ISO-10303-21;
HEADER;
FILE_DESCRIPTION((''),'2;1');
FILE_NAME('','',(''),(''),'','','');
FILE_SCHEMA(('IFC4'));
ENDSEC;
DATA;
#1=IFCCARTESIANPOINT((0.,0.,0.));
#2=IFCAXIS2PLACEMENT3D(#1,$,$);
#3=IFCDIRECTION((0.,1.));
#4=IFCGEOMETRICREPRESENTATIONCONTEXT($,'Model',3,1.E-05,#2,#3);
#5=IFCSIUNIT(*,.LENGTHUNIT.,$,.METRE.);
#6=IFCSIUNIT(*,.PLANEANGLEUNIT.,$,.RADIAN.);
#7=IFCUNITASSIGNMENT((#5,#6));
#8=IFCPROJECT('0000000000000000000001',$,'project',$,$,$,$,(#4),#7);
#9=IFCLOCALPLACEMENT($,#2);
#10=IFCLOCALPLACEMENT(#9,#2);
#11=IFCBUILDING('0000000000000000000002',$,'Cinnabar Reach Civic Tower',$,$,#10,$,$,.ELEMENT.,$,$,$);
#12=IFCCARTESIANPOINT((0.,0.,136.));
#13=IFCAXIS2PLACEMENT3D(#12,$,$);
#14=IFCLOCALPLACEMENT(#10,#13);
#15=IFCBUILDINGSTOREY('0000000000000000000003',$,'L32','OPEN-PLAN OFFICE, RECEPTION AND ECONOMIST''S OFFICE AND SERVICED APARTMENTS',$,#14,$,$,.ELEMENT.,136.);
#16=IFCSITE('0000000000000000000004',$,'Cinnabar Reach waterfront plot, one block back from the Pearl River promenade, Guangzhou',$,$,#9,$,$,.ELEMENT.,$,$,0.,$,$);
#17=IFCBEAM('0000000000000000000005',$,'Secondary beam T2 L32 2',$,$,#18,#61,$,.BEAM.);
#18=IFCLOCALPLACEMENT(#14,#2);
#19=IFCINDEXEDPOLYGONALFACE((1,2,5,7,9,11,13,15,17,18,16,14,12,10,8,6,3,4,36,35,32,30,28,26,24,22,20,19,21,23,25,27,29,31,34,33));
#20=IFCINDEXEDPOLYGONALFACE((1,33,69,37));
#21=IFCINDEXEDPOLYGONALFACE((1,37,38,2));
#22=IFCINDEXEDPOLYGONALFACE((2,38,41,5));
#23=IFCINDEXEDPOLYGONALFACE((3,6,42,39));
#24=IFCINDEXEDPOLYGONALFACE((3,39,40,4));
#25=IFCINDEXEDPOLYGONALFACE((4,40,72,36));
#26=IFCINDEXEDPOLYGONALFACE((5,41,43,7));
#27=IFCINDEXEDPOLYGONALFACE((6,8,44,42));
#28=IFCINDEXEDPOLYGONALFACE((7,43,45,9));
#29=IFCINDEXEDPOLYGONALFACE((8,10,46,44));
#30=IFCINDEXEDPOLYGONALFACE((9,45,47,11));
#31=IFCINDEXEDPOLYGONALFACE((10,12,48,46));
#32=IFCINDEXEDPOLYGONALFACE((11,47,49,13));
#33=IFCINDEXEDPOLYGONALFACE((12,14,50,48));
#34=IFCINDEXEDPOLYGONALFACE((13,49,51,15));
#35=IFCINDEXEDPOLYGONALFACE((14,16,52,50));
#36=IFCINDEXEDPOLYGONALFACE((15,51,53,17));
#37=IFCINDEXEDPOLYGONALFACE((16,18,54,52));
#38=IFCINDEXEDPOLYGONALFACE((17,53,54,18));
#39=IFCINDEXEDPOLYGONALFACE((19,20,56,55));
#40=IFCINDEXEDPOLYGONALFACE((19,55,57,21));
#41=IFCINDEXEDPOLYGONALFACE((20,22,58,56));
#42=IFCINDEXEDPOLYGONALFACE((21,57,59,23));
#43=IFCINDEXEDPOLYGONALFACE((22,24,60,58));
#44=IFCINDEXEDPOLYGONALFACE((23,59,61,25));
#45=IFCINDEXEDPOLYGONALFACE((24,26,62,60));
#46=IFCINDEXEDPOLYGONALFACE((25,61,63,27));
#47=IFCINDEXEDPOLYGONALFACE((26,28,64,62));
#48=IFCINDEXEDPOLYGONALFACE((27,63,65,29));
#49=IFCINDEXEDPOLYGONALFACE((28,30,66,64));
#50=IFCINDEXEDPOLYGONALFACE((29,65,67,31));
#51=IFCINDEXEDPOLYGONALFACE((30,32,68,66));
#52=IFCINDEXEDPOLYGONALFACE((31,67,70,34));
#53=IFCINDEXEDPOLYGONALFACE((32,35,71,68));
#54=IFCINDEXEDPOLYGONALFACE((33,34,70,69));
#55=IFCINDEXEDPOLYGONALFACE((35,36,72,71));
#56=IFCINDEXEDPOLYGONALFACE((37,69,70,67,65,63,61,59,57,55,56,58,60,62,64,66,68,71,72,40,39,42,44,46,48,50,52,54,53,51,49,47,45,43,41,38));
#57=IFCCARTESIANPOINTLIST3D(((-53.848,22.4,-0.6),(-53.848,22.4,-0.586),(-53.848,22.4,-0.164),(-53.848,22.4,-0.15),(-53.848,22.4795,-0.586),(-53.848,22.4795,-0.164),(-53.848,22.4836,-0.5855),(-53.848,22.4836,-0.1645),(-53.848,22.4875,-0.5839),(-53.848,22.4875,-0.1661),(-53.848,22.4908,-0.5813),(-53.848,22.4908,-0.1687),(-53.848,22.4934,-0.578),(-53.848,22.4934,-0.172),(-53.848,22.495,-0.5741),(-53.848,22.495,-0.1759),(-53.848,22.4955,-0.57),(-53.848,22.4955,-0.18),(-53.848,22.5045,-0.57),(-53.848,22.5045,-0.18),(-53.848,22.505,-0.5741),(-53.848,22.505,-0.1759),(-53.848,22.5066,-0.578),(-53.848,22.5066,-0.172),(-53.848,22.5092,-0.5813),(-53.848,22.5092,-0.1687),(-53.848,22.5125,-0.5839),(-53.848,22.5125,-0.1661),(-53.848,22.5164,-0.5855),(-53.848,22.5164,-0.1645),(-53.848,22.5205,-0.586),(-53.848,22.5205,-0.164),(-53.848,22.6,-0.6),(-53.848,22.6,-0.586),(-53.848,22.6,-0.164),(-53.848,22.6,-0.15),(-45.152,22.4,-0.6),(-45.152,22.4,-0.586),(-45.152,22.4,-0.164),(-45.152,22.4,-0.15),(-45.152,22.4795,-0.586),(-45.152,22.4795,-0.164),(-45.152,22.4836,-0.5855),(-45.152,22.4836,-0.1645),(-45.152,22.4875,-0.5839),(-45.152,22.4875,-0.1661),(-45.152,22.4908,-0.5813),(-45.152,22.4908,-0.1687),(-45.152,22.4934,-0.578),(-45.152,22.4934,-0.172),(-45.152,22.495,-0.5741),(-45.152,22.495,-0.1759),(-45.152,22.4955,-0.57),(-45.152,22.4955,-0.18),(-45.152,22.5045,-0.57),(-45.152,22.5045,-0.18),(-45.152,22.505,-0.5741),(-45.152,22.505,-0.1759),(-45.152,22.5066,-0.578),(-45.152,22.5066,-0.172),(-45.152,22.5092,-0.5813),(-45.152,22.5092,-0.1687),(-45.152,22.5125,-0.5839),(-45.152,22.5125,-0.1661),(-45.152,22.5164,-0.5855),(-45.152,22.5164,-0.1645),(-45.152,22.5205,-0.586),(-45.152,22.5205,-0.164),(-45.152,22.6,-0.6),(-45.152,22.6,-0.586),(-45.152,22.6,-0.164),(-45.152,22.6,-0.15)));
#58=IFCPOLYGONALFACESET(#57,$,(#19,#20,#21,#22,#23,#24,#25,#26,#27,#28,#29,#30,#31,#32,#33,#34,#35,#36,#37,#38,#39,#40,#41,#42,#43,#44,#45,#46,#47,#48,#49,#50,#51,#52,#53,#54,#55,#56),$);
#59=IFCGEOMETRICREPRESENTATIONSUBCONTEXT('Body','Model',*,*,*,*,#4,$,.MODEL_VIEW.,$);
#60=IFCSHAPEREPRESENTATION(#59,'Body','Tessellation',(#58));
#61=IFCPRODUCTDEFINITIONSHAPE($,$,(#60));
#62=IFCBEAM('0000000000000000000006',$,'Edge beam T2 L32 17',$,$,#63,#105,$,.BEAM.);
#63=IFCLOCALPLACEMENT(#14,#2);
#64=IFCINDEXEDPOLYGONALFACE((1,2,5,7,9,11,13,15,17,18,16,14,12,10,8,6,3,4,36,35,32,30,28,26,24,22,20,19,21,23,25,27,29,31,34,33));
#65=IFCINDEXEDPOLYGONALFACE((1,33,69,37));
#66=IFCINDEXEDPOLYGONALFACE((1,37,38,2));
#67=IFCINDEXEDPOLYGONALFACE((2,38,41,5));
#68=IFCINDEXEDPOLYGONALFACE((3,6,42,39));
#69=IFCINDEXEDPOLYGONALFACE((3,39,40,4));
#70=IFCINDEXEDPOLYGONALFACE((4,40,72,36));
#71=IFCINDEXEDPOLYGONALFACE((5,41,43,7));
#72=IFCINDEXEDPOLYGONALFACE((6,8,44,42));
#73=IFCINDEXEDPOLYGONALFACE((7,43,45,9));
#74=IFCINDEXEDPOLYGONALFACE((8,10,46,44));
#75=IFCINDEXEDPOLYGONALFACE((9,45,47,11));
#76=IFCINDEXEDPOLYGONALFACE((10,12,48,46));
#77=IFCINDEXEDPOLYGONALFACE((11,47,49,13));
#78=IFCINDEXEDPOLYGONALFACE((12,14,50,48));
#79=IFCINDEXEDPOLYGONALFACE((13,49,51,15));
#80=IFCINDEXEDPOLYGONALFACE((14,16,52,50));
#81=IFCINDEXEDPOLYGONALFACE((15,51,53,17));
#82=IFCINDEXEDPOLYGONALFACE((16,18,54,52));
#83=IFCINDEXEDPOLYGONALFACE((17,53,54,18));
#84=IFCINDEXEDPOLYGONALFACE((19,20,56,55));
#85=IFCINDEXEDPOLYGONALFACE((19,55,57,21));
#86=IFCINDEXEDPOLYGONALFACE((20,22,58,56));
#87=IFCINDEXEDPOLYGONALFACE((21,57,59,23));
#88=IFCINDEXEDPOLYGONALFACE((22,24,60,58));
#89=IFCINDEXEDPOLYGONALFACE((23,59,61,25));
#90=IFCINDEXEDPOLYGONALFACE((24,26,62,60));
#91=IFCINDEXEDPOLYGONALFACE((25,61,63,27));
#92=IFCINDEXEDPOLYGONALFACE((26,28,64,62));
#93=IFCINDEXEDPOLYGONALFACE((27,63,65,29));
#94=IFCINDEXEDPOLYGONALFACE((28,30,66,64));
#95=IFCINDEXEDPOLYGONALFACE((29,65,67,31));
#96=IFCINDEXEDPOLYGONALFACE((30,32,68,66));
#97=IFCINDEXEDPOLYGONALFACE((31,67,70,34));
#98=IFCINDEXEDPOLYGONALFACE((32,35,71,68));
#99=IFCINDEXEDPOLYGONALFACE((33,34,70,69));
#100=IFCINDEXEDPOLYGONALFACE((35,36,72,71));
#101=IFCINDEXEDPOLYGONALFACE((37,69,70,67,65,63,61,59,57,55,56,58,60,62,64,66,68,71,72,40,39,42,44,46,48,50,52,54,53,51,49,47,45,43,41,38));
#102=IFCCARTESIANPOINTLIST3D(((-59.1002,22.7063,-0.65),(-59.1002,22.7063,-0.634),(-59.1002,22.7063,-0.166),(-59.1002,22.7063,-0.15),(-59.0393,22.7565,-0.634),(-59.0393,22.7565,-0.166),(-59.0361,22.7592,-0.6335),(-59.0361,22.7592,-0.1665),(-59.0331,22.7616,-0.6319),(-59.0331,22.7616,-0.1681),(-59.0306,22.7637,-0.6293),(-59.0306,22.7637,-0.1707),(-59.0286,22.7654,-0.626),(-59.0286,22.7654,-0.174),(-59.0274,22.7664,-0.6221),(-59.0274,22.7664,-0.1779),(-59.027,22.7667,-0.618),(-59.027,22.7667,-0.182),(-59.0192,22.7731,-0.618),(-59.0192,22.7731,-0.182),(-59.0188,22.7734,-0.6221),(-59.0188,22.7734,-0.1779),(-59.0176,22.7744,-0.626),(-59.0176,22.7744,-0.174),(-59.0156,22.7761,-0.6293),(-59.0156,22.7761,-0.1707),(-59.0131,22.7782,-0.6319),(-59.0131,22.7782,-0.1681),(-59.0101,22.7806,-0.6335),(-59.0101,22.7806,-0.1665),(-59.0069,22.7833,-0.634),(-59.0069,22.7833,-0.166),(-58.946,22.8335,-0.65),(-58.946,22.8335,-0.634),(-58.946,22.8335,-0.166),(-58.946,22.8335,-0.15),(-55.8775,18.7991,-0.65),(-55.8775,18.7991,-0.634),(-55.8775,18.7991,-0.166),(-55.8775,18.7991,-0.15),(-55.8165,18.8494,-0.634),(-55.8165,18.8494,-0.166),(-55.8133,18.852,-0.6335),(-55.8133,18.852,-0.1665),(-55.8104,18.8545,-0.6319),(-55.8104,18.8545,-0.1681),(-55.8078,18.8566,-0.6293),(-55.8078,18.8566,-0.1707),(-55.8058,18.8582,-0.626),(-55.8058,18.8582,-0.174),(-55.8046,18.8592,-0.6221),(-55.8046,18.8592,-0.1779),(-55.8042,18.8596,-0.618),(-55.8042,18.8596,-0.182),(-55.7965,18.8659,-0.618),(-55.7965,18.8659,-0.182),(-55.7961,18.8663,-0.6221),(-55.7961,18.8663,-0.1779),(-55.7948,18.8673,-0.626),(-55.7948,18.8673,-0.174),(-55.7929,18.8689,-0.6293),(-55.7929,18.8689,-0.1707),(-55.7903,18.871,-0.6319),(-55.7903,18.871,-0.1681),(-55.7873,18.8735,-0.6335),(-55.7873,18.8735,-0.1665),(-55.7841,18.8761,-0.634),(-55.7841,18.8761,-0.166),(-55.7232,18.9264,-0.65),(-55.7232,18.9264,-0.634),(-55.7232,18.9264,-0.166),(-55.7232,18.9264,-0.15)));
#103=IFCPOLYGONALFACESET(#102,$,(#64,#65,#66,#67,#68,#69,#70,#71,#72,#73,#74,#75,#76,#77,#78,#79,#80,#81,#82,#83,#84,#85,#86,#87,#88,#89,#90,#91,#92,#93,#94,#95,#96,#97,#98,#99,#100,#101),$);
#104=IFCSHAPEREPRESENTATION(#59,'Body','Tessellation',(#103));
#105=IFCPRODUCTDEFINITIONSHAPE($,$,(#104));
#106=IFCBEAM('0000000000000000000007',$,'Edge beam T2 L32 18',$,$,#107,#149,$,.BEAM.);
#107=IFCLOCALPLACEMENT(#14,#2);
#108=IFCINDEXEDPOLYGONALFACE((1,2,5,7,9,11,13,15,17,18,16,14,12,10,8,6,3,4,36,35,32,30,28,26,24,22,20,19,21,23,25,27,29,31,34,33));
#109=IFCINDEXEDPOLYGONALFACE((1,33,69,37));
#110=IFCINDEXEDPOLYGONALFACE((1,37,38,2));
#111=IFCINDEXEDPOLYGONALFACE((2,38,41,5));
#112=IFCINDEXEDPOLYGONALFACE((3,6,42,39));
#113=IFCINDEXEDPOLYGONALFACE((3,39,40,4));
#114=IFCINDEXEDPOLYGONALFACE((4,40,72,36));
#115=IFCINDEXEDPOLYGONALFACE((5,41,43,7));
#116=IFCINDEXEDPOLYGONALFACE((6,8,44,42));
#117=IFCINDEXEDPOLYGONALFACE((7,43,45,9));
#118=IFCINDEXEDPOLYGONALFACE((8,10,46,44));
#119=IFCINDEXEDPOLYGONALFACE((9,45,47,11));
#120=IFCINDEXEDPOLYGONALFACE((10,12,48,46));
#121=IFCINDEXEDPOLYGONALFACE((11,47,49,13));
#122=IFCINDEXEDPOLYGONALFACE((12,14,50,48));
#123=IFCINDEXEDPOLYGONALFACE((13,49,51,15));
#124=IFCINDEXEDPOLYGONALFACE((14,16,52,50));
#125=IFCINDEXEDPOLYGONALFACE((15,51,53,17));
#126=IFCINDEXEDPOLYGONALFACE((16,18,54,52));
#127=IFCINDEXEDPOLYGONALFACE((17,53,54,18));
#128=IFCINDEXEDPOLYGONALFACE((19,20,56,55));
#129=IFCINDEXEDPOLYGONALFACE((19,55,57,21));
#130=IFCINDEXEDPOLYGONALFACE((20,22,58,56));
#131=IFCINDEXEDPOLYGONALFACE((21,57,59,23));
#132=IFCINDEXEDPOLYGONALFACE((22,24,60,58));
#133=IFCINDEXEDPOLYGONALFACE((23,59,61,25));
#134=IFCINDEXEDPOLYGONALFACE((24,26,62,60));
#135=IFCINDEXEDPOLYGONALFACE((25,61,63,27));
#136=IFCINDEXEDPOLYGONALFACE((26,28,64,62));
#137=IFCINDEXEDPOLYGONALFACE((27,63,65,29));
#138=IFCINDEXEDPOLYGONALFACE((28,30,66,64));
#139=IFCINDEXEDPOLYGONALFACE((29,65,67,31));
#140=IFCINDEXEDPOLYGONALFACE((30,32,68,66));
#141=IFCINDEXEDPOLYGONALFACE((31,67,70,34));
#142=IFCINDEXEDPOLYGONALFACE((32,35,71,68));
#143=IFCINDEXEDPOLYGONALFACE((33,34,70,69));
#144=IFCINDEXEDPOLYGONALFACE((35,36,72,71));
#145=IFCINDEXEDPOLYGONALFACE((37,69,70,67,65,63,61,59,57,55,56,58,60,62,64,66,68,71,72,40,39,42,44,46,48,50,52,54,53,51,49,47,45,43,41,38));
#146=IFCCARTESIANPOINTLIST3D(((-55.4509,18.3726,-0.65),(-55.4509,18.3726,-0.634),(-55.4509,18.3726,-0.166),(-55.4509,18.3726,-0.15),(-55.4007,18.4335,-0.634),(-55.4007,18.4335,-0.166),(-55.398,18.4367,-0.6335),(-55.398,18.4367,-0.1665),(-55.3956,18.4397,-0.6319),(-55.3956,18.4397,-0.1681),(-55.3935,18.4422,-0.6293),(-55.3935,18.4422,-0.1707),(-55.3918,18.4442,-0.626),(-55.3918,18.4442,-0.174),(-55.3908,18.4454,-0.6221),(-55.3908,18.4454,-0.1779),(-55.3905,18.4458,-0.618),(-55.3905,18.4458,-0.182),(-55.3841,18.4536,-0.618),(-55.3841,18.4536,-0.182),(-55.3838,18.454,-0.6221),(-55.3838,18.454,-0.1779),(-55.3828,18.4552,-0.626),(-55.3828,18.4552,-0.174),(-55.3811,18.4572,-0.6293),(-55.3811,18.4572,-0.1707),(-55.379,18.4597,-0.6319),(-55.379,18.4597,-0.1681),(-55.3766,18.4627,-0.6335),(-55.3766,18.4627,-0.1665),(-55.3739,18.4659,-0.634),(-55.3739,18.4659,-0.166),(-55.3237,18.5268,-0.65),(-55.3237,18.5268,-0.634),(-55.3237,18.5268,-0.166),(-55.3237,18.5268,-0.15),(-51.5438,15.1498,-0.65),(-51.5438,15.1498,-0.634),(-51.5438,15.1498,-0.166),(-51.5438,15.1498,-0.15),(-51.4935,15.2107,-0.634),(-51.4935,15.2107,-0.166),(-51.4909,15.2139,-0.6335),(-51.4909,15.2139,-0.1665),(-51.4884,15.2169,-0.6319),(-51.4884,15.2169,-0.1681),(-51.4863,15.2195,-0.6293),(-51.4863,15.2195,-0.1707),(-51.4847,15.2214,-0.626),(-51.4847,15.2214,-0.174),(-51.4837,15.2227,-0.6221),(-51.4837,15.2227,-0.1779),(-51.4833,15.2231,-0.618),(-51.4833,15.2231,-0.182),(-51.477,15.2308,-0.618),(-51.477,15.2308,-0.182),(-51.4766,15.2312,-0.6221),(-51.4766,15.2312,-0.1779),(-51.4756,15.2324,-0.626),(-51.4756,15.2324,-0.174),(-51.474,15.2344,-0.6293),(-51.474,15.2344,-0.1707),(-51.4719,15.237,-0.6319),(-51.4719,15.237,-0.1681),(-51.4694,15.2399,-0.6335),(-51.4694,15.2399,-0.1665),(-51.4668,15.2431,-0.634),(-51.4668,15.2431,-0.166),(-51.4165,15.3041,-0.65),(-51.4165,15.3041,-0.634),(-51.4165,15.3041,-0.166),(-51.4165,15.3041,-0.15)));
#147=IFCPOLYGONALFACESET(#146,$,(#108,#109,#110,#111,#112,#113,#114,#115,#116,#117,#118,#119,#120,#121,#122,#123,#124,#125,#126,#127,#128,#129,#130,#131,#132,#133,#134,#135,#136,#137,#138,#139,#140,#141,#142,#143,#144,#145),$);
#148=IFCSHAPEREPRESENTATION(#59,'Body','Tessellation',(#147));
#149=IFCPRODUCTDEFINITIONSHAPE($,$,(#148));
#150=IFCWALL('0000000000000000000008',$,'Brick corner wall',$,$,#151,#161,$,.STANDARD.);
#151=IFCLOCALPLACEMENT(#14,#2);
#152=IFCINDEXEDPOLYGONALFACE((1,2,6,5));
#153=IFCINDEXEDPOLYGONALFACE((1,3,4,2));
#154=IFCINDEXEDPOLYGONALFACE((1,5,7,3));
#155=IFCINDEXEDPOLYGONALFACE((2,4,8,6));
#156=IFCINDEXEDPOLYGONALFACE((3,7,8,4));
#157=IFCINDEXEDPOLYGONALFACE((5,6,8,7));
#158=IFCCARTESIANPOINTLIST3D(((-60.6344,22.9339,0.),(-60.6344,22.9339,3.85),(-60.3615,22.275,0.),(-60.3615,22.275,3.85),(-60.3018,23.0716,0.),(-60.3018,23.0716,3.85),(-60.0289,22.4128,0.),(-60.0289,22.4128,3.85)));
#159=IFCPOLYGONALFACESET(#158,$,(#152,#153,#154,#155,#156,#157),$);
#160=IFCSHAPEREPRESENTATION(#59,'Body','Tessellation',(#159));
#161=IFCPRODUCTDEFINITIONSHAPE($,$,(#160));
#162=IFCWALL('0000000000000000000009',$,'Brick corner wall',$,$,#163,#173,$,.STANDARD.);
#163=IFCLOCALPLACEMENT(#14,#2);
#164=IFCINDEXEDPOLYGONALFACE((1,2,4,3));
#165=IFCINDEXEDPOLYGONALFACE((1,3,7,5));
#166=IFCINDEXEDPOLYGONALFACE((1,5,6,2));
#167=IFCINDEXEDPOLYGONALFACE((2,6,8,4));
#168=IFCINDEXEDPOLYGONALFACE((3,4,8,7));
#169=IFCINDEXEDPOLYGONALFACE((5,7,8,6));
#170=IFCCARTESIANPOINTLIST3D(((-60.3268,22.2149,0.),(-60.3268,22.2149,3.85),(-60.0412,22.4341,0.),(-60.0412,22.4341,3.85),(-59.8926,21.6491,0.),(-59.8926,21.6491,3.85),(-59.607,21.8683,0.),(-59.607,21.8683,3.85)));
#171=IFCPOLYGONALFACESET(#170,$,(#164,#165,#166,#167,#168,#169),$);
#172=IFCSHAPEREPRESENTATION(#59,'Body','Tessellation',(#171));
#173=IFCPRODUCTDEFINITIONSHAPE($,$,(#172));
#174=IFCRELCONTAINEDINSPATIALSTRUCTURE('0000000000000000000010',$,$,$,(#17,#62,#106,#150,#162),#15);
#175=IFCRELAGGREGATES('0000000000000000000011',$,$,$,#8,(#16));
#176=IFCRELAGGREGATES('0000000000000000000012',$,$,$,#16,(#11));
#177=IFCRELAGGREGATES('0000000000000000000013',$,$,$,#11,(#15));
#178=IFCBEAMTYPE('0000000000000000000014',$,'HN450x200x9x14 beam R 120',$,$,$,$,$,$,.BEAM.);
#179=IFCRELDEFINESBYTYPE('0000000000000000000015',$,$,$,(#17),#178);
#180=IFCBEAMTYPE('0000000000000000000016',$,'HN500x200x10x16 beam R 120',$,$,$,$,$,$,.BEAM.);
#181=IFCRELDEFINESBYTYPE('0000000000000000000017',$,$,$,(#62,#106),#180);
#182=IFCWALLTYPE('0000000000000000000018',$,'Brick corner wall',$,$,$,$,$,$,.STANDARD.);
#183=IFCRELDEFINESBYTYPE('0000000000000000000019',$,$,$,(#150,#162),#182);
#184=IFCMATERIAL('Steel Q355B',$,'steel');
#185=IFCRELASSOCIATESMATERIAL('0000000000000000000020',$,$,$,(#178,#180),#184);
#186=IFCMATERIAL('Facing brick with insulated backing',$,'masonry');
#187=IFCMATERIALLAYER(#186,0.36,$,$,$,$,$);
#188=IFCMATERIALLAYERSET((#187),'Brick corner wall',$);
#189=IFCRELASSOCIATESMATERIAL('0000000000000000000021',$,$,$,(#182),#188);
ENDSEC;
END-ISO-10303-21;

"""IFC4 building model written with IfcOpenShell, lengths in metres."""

from ifc_helpers import new_model, si_unit, direction, frame, frame_2d, origin, origin_2d, place, context, subcontext, project, spatial, rectangle, i_section, extrude, material, layer, layer_set, material_profile, profile_set, type_object, element, save


model = new_model("IFC4")

# Units and contexts
model_context = context("Model", 3, precision=1e-05, world=origin(), true_north=direction((0.0, 1.0)))
body_context = subcontext(model_context, "Body", "Model", "MODEL_VIEW")
ifc_project = project(units=[si_unit("LENGTHUNIT", "METRE"), si_unit("PLANEANGLEUNIT", "RADIAN")], contexts=[model_context])

# Site, building, storey
site_placement = place(None, origin())
site = spatial("IfcSite", under=ifc_project, at=site_placement, Name="Cinnabar Reach waterfront plot, one block back from the Pearl River promenade, Guangzhou", CompositionType="ELEMENT", RefElevation=0.0)
building_placement = place(site_placement, origin())
building = spatial("IfcBuilding", under=site, at=building_placement, Name="Cinnabar Reach Civic Tower", CompositionType="ELEMENT")
storey_placement = place(building_placement, frame((0.0, 0.0, 136.0)))
storey = spatial("IfcBuildingStorey", under=building, at=storey_placement, Name="L32", Description="OPEN-PLAN OFFICE, RECEPTION AND ECONOMIST'S OFFICE AND SERVICED APARTMENTS", CompositionType="ELEMENT", Elevation=136.0)

# Beams
ifc_material_1 = material(Name="Steel Q355B", Category="steel")
ifc_material_profile_1 = material_profile(ifc_material_1, i_section(OverallWidth=0.2, OverallDepth=0.45, WebThickness=0.009, FlangeThickness=0.014, FilletRadius=0.016, at=origin_2d()), Name="HN450x200x9x14")
ifc_profile_set_1 = profile_set([ifc_material_profile_1], Name="Steel Q355B")
beam_type_1 = type_object("IfcBeamType", Name="HN450x200x9x14 beam R 120", PredefinedType="BEAM", material=ifc_profile_set_1)
beam_1_placement = place(storey_placement, frame((-53.848, 22.5, -0.375), z_axis=(1.0, 0.0, 0.0), x_axis=(0.0, 1.0, 0.0)))
element("IfcBeam", 1, at=beam_1_placement, inside=storey, type_object=beam_type_1, Name="Secondary beam T2 L32 2", PredefinedType="BEAM", context=body_context, shape_type="SweptSolid", body=[
    extrude(i_section(OverallWidth=0.2, OverallDepth=0.45, WebThickness=0.009, FlangeThickness=0.014, FilletRadius=0.016, at=origin_2d()), origin(), (0.0, 0.0, 1.0), 8.696),
])
ifc_material_profile_2 = material_profile(ifc_material_1, i_section(OverallWidth=0.2, OverallDepth=0.5, WebThickness=0.01, FlangeThickness=0.016, FilletRadius=0.016, at=origin_2d()), Name="HN500x200x10x16")
ifc_profile_set_2 = profile_set([ifc_material_profile_2], Name="Steel Q355B")
beam_type_2 = type_object("IfcBeamType", Name="HN500x200x10x16 beam R 120", PredefinedType="BEAM", material=ifc_profile_set_2)
for number, where, z_axis, x_axis, name in (
    (2, (-59.0231, 22.7699, -0.4), (0.636308, -0.771435, 0.0), (0.771435, 0.636308, 0.0), "Edge beam T2 L32 17"),
    (3, (-55.3873, 18.4497, -0.4), (0.771435, -0.636308, 0.0), (0.636308, 0.771435, 0.0), "Edge beam T2 L32 18"),
):
    element("IfcBeam", number, at=place(storey_placement, frame(where, z_axis=z_axis, x_axis=x_axis)), inside=storey, type_object=beam_type_2, Name=name, PredefinedType="BEAM", context=body_context, shape_type="SweptSolid", body=[
        extrude(i_section(OverallWidth=0.2, OverallDepth=0.5, WebThickness=0.01, FlangeThickness=0.016, FilletRadius=0.016, at=origin_2d()), origin(), (0.0, 0.0, 1.0), 5.0648),
    ])

# Walls
ifc_material_2 = material(Name="Facing brick with insulated backing", Category="masonry")
ifc_layer_1 = layer(ifc_material_2, 0.36)
ifc_layer_set_1 = layer_set([ifc_layer_1], Name="Brick corner wall")
wall_type_1 = type_object("IfcWallType", Name="Brick corner wall", PredefinedType="STANDARD", material=ifc_layer_set_1)
wall_1_placement = place(storey_placement, frame((-60.4681, 23.0027, 0.0), z_axis=(0.0, 0.0, 1.0), x_axis=(0.382703, -0.923872, 0.0)))
element("IfcWall", 4, at=wall_1_placement, inside=storey, type_object=wall_type_1, Name="Brick corner wall", PredefinedType="STANDARD", context=body_context, shape_type="SweptSolid", body=[
    extrude(rectangle(XDim=0.7131, YDim=0.36, at=frame_2d((0.3565, 0.0))), origin(), (0.0, 0.0, 1.0), 3.85),
])
wall_2_placement = place(storey_placement, frame((-60.184, 22.3245, 0.0), z_axis=(0.0, 0.0, 1.0), x_axis=(0.608802, -0.793322, 0.0)))
element("IfcWall", 5, at=wall_2_placement, inside=storey, type_object=wall_type_1, Name="Brick corner wall", PredefinedType="STANDARD", context=body_context, shape_type="SweptSolid", body=[
    extrude(rectangle(XDim=0.7132, YDim=0.36, at=frame_2d((0.3566, 0.0))), origin(), (0.0, 0.0, 1.0), 3.85),
])

save(model, "model.ifc")
